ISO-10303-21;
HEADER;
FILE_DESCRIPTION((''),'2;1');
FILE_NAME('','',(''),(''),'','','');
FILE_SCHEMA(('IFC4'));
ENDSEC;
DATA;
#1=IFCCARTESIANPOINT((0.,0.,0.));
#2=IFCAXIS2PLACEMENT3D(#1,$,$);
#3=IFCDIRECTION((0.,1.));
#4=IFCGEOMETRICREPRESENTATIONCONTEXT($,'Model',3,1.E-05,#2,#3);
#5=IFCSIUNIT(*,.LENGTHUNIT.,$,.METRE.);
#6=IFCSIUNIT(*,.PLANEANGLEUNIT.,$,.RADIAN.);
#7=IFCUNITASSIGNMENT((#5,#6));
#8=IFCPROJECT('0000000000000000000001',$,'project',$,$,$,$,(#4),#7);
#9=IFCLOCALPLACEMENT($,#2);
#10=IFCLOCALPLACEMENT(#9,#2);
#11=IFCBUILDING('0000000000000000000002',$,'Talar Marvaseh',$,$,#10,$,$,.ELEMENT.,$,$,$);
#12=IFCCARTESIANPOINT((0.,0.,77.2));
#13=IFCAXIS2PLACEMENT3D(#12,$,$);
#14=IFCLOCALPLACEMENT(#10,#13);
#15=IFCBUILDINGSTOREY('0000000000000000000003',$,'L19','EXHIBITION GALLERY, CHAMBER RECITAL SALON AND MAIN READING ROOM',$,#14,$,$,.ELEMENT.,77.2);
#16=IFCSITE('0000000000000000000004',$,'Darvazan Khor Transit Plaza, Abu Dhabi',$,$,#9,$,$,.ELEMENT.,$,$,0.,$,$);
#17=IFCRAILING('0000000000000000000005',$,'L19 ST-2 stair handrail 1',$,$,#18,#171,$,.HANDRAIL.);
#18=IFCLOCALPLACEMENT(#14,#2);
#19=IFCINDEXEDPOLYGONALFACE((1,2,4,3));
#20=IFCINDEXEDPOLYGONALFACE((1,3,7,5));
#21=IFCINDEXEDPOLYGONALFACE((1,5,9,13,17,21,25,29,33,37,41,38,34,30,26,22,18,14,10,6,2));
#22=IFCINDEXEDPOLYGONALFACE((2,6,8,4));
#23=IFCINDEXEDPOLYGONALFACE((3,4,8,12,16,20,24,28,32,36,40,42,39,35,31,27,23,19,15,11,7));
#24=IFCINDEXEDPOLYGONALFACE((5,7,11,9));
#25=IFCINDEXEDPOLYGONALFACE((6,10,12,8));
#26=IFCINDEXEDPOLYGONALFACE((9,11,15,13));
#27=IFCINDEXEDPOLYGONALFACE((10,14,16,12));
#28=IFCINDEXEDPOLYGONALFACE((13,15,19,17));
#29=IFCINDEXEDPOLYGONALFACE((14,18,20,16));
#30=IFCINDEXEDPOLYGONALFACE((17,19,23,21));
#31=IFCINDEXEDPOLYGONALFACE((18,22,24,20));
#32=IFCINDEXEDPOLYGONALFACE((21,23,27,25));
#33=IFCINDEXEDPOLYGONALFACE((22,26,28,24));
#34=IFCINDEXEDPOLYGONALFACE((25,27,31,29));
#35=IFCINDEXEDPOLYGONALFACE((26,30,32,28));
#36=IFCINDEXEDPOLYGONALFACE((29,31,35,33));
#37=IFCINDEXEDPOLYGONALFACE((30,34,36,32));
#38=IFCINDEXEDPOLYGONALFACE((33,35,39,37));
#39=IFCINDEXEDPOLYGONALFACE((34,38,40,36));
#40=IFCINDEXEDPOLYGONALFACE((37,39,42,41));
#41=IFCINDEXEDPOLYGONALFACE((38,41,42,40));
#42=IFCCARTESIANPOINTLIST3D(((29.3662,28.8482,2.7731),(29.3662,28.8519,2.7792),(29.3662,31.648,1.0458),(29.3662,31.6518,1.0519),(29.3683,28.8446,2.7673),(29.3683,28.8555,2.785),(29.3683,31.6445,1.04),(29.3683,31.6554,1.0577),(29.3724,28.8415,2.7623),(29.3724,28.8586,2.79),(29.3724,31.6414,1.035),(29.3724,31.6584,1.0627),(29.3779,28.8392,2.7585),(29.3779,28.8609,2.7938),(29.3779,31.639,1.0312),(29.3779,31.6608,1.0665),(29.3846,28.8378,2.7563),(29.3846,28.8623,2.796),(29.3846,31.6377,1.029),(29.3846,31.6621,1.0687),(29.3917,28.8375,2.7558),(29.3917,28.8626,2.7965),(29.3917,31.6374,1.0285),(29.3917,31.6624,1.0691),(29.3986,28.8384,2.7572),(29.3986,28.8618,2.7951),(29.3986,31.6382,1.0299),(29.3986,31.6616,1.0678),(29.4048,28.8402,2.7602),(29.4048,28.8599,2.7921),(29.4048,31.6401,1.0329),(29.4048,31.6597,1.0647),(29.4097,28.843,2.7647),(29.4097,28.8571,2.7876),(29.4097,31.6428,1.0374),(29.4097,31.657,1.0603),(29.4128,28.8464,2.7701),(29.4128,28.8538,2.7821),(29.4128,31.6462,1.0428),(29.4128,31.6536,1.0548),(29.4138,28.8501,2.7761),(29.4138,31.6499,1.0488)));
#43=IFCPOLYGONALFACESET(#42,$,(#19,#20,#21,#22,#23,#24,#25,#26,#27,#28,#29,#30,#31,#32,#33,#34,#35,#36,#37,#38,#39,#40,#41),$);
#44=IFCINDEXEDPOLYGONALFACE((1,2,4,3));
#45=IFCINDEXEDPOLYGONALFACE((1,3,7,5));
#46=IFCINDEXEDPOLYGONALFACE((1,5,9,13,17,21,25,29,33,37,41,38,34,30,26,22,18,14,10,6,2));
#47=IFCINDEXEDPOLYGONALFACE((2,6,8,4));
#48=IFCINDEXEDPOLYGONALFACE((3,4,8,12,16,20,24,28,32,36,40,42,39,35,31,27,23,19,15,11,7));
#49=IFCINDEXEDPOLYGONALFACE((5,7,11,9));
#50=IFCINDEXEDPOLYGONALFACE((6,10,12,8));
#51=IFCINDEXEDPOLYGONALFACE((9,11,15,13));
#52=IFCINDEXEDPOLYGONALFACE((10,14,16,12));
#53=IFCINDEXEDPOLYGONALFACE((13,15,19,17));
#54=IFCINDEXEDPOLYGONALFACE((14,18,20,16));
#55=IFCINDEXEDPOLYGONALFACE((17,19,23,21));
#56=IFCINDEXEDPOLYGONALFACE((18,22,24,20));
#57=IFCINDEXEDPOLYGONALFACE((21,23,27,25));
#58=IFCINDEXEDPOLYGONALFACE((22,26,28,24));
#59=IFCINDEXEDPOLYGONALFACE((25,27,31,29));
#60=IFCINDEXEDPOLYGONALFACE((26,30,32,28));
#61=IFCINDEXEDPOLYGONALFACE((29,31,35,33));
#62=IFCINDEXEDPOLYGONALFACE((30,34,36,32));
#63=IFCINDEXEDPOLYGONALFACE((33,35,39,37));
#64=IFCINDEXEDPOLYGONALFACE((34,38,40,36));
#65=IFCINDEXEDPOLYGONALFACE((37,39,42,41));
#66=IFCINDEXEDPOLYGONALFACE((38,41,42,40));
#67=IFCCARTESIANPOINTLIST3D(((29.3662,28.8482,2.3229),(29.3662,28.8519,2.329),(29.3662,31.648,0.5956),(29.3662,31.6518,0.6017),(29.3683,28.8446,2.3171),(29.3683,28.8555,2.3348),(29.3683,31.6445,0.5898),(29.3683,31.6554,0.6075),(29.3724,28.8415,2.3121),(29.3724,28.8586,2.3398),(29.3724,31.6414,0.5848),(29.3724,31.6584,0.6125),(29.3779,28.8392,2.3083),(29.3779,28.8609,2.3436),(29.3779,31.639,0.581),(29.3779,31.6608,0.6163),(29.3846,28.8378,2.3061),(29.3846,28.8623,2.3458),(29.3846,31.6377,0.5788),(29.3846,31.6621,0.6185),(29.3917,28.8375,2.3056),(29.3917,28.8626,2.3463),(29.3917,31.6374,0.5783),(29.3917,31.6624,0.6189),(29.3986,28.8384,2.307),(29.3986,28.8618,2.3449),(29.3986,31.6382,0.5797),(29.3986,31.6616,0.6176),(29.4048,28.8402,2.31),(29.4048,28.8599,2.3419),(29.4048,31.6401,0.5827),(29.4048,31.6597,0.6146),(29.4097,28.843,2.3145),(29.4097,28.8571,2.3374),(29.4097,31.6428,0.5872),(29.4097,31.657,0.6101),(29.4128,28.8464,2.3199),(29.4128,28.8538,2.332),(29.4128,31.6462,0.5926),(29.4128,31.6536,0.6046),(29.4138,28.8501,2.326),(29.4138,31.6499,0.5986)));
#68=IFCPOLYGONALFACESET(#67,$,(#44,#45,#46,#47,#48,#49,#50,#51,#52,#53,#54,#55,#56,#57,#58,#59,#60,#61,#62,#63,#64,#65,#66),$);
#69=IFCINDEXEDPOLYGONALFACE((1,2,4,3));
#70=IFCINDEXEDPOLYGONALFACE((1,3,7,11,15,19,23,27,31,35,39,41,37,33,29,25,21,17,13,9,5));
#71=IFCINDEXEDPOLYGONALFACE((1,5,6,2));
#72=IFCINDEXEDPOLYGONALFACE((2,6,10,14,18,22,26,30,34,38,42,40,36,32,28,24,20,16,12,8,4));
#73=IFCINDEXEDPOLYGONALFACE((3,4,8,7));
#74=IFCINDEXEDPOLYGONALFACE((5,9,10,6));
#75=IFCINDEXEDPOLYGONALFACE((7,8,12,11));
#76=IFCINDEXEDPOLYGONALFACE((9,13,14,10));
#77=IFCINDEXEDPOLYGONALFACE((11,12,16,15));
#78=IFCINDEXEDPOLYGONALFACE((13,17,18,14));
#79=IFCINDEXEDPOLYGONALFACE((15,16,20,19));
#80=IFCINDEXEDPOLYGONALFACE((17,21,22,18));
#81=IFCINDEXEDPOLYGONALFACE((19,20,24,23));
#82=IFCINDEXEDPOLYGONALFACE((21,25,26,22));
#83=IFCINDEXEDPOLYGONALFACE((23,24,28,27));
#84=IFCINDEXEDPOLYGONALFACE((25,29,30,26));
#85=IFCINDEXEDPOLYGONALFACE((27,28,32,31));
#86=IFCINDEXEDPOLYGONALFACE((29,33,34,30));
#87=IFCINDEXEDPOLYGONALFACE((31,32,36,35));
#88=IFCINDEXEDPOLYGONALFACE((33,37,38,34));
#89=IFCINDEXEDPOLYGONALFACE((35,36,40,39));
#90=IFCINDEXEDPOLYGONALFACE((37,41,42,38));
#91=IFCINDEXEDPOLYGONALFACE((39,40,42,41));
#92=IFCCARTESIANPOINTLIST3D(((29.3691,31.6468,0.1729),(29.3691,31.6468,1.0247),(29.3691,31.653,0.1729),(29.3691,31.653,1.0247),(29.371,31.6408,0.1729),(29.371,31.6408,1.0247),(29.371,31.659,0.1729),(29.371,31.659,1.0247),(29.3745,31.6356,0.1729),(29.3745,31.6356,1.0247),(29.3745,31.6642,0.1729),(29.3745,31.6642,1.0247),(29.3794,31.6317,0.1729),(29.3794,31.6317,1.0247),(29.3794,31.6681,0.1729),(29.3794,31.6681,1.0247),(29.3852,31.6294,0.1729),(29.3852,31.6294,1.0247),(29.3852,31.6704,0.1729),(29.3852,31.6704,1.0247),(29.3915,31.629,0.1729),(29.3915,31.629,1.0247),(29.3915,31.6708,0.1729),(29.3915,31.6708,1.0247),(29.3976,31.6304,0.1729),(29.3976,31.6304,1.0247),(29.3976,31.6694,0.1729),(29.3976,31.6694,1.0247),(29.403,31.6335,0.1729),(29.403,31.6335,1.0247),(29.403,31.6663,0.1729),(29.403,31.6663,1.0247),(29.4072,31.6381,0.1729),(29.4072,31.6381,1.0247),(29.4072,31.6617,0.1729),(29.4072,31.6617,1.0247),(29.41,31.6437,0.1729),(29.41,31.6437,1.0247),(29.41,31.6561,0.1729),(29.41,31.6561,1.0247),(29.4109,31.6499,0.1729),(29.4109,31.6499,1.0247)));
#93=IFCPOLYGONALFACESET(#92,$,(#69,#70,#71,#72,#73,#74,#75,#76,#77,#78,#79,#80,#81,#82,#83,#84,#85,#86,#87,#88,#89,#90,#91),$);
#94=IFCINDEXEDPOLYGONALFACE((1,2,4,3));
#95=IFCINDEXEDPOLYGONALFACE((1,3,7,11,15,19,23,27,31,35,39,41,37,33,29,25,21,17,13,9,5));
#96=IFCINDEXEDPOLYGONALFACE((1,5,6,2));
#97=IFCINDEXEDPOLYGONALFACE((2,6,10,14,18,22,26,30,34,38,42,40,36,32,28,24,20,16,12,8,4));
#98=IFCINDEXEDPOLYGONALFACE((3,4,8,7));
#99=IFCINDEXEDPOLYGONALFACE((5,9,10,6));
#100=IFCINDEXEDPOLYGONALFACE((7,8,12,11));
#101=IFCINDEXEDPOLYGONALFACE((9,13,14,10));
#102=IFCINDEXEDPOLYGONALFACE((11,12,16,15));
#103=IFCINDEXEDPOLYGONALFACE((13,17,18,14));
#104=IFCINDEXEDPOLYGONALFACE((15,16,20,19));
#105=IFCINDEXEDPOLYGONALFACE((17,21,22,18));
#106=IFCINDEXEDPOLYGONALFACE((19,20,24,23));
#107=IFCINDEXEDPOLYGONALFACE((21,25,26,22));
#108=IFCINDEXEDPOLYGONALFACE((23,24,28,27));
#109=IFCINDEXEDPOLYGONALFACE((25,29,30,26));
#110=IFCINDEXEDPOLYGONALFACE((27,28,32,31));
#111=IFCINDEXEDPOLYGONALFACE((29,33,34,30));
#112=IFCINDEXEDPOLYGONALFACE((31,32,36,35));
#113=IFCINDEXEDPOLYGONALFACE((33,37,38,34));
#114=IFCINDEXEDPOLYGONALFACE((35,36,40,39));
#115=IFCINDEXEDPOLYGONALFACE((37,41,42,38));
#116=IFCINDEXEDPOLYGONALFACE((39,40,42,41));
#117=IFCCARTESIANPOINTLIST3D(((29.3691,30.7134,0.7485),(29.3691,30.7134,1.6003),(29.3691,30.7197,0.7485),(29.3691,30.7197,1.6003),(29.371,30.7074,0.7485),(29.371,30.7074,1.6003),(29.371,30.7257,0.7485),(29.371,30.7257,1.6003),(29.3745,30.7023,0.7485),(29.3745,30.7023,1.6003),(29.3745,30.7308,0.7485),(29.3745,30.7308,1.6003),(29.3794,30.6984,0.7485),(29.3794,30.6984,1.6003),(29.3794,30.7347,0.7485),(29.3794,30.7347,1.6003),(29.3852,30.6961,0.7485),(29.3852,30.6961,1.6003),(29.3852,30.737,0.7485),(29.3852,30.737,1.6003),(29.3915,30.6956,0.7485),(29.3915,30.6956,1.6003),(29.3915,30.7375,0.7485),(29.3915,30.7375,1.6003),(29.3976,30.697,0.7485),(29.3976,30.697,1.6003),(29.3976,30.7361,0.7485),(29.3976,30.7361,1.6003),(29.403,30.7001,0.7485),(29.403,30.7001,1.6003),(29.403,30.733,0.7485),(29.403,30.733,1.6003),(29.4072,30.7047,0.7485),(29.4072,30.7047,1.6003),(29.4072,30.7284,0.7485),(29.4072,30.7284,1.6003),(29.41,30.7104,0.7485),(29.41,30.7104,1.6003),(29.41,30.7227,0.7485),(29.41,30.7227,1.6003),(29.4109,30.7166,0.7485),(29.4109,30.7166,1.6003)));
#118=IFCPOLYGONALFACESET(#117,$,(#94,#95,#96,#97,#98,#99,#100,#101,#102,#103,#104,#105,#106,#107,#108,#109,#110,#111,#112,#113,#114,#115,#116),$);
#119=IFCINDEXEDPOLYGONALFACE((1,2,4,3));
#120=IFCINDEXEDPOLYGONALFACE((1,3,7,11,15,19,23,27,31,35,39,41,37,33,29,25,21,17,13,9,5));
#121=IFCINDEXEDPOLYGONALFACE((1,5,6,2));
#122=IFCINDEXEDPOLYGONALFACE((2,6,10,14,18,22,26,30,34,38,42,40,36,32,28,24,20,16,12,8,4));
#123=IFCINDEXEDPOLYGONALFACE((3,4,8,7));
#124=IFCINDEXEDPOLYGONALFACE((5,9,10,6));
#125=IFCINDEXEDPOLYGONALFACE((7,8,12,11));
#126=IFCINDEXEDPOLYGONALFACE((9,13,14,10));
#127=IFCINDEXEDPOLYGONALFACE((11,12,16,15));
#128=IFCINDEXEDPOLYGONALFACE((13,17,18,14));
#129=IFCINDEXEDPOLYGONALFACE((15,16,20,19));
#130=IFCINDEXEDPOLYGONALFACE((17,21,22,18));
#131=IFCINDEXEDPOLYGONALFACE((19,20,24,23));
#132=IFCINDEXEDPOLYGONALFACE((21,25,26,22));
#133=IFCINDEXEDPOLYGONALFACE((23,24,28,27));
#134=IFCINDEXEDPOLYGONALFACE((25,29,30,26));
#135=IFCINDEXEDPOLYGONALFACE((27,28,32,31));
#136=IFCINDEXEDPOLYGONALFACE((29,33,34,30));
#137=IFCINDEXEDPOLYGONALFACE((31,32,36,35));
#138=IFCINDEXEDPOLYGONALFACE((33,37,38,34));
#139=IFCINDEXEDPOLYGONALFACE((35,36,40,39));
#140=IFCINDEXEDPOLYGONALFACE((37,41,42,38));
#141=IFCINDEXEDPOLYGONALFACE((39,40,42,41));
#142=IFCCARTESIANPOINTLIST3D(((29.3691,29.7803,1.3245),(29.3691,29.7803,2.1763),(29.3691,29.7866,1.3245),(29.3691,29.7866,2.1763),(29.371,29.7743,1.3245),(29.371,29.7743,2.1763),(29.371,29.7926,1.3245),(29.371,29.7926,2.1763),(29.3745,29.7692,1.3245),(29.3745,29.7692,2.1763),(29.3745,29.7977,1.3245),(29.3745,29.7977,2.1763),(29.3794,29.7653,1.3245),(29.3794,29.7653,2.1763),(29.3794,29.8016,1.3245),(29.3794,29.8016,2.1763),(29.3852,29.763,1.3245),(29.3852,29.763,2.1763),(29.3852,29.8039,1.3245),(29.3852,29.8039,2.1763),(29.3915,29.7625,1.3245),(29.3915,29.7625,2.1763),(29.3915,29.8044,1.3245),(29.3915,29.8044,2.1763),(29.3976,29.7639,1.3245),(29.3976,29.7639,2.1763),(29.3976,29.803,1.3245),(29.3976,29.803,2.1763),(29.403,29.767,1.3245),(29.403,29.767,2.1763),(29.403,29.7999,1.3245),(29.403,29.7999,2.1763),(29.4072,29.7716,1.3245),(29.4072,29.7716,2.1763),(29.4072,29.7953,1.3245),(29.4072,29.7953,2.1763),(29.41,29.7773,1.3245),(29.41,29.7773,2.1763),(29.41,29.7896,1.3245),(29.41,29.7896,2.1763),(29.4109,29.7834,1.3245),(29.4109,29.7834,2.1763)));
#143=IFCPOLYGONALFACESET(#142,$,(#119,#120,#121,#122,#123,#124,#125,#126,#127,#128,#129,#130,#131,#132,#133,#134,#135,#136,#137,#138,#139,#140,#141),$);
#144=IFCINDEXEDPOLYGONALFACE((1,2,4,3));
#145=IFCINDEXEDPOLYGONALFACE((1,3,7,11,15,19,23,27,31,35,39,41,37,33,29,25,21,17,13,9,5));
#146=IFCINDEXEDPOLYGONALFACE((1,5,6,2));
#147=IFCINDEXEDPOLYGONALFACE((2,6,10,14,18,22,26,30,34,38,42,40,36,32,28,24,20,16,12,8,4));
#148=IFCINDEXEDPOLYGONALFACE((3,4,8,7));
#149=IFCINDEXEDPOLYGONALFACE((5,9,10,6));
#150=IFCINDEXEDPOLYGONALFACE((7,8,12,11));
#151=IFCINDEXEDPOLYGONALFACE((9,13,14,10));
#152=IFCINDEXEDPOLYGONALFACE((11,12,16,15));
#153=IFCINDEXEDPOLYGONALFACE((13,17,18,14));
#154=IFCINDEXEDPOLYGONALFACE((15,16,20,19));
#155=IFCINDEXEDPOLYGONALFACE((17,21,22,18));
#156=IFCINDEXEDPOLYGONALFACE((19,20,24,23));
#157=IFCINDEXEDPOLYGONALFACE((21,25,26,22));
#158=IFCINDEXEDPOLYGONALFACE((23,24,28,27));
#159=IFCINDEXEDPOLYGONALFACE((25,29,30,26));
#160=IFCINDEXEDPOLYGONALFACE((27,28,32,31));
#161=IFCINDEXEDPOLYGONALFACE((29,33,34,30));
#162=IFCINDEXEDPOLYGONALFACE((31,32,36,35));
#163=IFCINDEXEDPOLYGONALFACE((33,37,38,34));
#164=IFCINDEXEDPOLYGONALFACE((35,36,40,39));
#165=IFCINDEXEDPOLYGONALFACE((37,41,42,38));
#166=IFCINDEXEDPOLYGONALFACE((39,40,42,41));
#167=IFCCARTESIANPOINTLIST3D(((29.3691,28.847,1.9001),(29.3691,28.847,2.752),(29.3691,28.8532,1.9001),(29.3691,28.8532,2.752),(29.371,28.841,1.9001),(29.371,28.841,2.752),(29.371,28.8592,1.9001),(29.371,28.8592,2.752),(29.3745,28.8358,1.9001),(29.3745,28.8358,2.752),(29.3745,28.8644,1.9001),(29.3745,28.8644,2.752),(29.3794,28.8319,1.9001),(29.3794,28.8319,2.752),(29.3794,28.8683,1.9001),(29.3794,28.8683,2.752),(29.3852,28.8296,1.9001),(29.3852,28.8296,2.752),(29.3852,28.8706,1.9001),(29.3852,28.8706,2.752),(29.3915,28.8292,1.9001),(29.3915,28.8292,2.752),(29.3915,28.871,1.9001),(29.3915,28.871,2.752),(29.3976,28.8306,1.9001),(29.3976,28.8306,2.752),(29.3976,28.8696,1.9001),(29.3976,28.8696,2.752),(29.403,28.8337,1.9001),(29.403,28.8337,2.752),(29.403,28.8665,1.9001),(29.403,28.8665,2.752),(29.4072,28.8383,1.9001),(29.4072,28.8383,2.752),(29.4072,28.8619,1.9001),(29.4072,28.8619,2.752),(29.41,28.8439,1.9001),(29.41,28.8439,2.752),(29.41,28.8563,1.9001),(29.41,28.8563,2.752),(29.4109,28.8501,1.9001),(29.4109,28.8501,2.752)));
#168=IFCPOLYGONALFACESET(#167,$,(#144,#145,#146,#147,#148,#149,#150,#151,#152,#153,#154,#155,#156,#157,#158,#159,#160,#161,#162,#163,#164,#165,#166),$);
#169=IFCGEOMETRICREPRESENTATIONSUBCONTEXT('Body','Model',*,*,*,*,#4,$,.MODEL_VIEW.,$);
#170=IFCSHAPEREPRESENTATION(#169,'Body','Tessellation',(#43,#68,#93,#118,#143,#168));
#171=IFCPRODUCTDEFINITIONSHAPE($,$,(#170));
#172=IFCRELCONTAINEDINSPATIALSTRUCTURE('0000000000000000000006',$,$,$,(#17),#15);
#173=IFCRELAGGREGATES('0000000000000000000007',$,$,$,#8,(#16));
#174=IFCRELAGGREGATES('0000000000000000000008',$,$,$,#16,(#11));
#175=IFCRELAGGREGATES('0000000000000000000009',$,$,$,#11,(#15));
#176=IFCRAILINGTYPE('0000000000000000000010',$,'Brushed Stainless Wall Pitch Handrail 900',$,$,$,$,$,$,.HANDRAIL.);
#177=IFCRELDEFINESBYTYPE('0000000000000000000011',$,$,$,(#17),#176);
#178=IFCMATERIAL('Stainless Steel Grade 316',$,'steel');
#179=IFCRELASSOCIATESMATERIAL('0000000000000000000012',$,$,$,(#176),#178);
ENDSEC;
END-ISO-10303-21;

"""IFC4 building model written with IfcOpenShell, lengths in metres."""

from ifc_helpers import new_model, si_unit, direction, frame, origin, origin_2d, place, context, subcontext, project, spatial, circle, extrude, material, type_object, element, save


model = new_model("IFC4")

# Units and contexts
model_context = context("Model", 3, precision=1e-05, world=origin(), true_north=direction((0.0, 1.0)))
body_context = subcontext(model_context, "Body", "Model", "MODEL_VIEW")
ifc_project = project(units=[si_unit("LENGTHUNIT", "METRE"), si_unit("PLANEANGLEUNIT", "RADIAN")], contexts=[model_context])

# Site, building, storey
site_placement = place(None, origin())
site = spatial("IfcSite", under=ifc_project, at=site_placement, Name="Darvazan Khor Transit Plaza, Abu Dhabi", CompositionType="ELEMENT", RefElevation=0.0)
building_placement = place(site_placement, origin())
building = spatial("IfcBuilding", under=site, at=building_placement, Name="Talar Marvaseh", CompositionType="ELEMENT")
storey_placement = place(building_placement, frame((0.0, 0.0, 77.2)))
storey = spatial("IfcBuildingStorey", under=building, at=storey_placement, Name="L19", Description="EXHIBITION GALLERY, CHAMBER RECITAL SALON AND MAIN READING ROOM", CompositionType="ELEMENT", Elevation=77.2)

# Railing
ifc_material_1 = material(Name="Stainless Steel Grade 316", Category="steel")
railing_type_1 = type_object("IfcRailingType", Name="Brushed Stainless Wall Pitch Handrail 900", PredefinedType="HANDRAIL", material=ifc_material_1)
railing_1_placement = place(storey_placement, frame((29.3899, 31.6499, 0.1729)))
element("IfcRailing", 1, at=railing_1_placement, inside=storey, type_object=railing_type_1, Name="L19 ST-2 stair handrail 1", PredefinedType="HANDRAIL", context=body_context, shape_type="SweptSolid", body=[
    extrude(circle(Radius=0.0239, at=origin_2d()), frame((0.0, 0.0, 0.876), z_axis=(0.0, -0.851069, 0.525054), x_axis=(1.0, 0.0, 0.0)), (0.0, 0.0, 1.0), 3.2898),
    extrude(circle(Radius=0.0239, at=origin_2d()), frame((0.0, 0.0, 0.4258), z_axis=(0.0, -0.851069, 0.525054), x_axis=(1.0, 0.0, 0.0)), (0.0, 0.0, 1.0), 3.2898),
    extrude(circle(Radius=0.021, at=origin_2d()), origin(), (0.0, 0.0, 1.0), 0.8518),
    extrude(circle(Radius=0.021, at=origin_2d()), frame((0.0, -0.9333, 0.5757)), (0.0, 0.0, 1.0), 0.8518),
    extrude(circle(Radius=0.021, at=origin_2d()), frame((0.0, -1.8665, 1.1516)), (0.0, 0.0, 1.0), 0.8518),
    extrude(circle(Radius=0.021, at=origin_2d()), frame((0.0, -2.7998, 1.7273)), (0.0, 0.0, 1.0), 0.8518),
])

save(model, "model.ifc")
